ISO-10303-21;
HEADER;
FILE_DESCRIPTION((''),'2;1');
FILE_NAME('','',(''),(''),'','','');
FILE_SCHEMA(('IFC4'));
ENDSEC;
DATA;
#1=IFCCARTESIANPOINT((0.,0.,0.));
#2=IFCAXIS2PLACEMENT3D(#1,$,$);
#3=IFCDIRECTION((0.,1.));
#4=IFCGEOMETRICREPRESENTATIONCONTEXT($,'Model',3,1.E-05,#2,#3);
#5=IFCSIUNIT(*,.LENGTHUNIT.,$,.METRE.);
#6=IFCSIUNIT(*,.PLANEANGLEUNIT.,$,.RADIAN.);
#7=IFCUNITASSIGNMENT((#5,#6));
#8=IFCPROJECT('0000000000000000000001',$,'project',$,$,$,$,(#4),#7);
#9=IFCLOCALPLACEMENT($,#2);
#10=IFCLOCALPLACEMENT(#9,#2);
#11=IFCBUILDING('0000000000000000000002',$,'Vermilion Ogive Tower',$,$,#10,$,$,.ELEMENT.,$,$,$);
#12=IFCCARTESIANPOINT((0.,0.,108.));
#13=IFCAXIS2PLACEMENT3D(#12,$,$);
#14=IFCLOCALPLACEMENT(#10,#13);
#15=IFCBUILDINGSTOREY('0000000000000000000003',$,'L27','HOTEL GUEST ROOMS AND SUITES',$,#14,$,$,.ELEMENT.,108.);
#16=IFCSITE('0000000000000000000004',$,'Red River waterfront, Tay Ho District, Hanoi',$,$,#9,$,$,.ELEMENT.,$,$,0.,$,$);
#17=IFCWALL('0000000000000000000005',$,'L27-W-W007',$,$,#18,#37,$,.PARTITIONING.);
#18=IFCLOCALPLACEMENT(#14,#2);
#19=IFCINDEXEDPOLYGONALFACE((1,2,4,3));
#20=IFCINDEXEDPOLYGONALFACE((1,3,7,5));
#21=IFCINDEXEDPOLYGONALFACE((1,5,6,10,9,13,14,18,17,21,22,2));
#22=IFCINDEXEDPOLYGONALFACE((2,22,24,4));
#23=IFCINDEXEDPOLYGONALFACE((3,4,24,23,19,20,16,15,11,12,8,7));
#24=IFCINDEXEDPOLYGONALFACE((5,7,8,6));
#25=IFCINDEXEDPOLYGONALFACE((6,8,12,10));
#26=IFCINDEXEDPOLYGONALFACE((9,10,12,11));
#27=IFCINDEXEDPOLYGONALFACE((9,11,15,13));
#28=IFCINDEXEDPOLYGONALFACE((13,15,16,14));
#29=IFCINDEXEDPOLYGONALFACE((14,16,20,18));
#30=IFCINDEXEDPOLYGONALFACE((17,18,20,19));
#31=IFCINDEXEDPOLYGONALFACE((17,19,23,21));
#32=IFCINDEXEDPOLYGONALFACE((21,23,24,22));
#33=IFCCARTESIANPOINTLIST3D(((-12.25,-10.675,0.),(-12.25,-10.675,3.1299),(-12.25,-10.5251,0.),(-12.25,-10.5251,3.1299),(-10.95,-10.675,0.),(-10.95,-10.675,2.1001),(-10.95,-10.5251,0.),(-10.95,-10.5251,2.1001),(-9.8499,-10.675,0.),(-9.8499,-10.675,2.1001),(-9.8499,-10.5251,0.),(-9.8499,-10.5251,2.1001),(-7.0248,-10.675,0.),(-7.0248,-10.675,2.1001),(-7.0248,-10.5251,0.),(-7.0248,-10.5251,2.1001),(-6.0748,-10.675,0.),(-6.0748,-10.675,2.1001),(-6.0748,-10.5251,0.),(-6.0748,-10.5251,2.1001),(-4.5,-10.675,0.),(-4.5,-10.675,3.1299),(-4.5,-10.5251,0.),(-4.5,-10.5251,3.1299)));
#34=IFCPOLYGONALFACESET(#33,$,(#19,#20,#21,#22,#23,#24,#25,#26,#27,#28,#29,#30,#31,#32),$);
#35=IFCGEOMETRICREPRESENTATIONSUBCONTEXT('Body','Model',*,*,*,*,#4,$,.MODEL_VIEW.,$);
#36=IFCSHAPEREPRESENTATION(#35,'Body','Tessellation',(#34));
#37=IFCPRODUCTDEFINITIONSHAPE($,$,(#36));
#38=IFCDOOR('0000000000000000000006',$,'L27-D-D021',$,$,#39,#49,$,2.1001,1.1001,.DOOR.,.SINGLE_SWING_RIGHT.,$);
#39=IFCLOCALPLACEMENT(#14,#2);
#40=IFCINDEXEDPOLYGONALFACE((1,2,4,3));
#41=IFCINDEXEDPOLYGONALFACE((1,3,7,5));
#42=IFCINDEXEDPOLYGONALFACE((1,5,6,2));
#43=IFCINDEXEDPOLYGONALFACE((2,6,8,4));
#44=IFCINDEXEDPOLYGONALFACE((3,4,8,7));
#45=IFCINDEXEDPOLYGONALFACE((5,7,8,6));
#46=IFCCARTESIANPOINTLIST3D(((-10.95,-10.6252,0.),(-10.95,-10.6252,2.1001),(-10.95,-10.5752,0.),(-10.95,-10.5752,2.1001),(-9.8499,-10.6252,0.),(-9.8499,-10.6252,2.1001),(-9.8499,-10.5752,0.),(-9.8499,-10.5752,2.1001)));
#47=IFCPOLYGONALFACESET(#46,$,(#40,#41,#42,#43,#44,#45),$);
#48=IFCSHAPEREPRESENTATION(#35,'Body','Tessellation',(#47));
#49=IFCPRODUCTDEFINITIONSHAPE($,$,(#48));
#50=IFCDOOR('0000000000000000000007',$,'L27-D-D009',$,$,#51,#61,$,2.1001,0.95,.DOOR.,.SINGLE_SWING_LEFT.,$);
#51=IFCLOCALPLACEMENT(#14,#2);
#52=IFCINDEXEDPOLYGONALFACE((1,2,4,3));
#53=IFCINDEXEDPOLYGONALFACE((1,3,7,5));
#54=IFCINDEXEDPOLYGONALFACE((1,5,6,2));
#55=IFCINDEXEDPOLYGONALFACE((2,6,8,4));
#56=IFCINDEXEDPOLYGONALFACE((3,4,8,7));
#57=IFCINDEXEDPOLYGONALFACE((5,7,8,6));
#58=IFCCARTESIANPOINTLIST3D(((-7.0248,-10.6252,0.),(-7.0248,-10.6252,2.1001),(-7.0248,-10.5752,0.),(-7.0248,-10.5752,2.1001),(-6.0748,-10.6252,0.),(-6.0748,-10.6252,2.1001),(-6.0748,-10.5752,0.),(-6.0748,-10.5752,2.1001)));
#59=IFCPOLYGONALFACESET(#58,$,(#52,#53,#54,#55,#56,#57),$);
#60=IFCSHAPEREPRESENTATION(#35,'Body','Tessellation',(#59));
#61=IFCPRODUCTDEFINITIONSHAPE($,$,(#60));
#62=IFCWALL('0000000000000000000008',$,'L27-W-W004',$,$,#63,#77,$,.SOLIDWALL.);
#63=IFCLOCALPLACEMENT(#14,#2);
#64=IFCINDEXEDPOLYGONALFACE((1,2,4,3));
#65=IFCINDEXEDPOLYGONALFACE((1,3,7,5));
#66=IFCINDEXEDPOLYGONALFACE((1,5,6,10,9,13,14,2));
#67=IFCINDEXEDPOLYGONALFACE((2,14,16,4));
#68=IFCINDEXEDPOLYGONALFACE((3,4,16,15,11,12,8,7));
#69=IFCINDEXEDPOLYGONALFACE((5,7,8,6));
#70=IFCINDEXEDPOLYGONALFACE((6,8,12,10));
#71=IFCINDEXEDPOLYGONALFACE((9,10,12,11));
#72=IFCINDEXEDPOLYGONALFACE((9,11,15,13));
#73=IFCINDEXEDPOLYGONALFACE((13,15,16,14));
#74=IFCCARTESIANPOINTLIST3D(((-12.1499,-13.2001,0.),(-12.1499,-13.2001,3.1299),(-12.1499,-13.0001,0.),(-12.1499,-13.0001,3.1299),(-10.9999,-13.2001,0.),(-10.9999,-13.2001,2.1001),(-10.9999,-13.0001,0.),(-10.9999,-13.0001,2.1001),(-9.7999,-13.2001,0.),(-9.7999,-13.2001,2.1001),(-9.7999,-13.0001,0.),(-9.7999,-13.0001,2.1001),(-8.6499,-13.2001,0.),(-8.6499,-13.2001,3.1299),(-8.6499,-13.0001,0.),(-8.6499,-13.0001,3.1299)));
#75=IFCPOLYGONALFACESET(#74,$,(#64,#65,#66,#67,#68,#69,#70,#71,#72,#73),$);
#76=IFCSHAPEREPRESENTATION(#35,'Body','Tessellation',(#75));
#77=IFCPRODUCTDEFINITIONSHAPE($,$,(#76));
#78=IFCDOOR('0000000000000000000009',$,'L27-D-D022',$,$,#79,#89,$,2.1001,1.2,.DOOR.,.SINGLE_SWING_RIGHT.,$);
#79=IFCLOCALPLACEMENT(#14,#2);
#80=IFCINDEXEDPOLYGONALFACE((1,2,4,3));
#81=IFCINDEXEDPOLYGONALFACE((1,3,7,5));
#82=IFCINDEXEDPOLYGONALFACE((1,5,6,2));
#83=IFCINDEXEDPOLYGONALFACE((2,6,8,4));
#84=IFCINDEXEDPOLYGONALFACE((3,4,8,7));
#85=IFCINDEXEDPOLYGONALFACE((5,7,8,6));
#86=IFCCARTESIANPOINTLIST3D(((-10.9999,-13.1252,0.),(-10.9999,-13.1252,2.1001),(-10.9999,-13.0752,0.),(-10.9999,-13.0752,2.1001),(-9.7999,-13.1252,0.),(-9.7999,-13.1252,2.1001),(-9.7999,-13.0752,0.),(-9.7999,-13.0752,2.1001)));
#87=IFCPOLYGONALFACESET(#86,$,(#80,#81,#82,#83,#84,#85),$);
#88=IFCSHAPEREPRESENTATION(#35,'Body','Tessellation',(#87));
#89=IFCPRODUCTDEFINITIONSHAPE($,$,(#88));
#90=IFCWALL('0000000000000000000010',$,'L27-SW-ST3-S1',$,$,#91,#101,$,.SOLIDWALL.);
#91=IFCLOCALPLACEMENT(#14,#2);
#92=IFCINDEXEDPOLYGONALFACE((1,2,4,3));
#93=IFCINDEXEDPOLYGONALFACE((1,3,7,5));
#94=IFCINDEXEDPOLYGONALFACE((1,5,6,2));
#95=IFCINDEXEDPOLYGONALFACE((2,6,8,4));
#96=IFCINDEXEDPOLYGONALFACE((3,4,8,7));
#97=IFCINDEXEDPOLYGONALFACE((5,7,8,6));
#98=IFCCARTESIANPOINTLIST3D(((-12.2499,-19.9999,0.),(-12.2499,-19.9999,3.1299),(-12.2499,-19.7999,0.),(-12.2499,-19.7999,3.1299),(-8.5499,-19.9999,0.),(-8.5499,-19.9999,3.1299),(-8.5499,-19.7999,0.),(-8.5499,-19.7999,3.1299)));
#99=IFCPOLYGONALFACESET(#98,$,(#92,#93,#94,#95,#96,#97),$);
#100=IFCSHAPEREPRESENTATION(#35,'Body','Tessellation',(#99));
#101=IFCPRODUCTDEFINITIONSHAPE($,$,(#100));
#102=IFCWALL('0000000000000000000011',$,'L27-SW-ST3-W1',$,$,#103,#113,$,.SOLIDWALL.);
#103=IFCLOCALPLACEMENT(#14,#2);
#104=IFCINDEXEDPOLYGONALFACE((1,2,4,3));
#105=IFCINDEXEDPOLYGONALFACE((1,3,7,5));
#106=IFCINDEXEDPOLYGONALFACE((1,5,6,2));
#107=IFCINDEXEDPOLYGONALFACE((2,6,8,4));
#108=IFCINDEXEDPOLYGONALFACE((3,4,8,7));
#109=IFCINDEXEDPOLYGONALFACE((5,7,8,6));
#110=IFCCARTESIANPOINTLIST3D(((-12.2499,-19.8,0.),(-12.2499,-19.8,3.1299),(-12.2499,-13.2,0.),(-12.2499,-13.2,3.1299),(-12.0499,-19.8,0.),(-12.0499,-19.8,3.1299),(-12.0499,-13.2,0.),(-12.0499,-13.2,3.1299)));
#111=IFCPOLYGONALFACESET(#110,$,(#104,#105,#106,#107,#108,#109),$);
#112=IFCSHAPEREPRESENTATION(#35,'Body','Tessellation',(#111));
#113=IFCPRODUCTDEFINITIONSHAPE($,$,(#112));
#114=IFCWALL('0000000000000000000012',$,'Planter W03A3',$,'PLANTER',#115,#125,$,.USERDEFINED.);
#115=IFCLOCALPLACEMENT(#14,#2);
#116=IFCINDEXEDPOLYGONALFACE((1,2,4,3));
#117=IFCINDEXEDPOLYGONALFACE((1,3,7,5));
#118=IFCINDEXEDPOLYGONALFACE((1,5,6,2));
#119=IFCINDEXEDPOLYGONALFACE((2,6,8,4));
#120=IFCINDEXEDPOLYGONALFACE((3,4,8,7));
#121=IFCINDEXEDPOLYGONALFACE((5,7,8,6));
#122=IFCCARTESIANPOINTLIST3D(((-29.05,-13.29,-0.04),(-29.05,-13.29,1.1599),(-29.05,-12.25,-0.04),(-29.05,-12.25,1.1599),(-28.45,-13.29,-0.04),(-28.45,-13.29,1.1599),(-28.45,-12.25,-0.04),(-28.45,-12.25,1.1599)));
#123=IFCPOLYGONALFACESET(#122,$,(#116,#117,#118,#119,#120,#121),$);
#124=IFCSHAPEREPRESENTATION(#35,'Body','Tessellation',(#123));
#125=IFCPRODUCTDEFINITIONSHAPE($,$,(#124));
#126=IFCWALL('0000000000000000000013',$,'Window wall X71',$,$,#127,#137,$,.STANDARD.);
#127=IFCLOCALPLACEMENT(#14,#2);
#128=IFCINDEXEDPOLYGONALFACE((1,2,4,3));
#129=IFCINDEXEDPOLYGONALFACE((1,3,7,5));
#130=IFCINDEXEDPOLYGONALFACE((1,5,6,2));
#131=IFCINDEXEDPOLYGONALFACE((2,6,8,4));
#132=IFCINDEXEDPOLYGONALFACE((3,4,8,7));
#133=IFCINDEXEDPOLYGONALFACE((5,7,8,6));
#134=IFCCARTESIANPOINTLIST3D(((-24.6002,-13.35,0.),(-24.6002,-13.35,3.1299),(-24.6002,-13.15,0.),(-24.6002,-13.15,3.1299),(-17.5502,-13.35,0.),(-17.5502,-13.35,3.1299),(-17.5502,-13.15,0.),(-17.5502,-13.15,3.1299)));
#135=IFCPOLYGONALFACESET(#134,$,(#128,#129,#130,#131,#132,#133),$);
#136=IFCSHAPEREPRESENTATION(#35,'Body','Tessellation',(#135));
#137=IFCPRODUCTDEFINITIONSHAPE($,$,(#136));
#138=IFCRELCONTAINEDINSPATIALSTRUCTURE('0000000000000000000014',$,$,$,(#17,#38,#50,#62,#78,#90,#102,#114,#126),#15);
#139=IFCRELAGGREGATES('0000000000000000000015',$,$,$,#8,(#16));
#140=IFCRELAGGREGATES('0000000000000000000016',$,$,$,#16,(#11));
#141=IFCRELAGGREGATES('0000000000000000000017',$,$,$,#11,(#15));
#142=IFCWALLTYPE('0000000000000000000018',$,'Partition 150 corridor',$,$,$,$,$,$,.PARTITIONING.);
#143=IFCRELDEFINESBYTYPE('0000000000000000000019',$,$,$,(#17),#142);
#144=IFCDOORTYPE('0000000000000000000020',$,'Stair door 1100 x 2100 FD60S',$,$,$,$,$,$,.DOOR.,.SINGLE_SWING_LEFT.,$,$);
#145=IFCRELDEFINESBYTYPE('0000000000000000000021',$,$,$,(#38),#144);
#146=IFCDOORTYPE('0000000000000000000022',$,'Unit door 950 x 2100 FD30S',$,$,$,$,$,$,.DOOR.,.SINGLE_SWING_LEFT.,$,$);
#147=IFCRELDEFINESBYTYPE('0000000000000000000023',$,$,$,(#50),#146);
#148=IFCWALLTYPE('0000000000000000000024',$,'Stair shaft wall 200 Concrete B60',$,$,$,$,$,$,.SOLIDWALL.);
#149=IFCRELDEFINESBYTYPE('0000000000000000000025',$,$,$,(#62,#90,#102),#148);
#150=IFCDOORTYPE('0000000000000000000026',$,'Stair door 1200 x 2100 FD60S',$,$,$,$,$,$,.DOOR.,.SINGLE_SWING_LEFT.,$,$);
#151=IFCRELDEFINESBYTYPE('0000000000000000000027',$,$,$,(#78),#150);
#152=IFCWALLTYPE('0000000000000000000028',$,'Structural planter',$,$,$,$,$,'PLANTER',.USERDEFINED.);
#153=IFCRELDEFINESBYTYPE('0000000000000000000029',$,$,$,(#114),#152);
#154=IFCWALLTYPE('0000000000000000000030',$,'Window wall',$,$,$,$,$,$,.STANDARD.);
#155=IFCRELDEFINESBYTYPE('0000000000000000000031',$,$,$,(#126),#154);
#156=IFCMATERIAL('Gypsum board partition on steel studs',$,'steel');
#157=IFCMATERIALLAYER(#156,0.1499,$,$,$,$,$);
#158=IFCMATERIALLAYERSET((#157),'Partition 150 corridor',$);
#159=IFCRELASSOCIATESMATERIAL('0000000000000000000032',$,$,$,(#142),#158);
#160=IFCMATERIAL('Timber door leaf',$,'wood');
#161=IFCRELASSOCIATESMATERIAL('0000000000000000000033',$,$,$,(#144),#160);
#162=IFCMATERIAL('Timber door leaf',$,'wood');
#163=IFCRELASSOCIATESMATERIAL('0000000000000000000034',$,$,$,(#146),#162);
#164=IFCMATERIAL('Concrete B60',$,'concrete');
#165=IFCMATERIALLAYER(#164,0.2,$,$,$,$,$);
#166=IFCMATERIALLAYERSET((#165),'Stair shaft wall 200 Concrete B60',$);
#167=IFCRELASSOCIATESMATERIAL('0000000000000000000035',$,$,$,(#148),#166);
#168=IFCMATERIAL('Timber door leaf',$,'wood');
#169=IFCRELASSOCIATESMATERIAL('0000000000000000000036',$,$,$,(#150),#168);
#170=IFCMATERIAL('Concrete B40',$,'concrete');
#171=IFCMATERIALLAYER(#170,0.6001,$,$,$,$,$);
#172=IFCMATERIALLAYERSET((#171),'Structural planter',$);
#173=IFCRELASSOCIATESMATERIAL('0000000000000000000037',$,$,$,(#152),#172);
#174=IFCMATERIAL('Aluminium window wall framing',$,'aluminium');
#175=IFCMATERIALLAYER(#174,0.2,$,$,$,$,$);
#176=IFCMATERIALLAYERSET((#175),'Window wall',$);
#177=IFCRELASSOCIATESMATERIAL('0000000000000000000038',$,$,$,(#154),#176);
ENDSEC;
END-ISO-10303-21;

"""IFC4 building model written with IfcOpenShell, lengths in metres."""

from ifc_helpers import new_model, si_unit, direction, frame, frame_2d, origin, place, context, subcontext, project, spatial, rectangle, extrude, material, layer, layer_set, type_object, element, fill, save


model = new_model("IFC4")

# Units and contexts
model_context = context("Model", 3, precision=1e-05, world=origin(), true_north=direction((0.0, 1.0)))
body_context = subcontext(model_context, "Body", "Model", "MODEL_VIEW")
ifc_project = project(units=[si_unit("LENGTHUNIT", "METRE"), si_unit("PLANEANGLEUNIT", "RADIAN")], contexts=[model_context])

# Site, building, storey
site_placement = place(None, origin())
site = spatial("IfcSite", under=ifc_project, at=site_placement, Name="Red River waterfront, Tay Ho District, Hanoi", CompositionType="ELEMENT", RefElevation=0.0)
building_placement = place(site_placement, origin())
building = spatial("IfcBuilding", under=site, at=building_placement, Name="Vermilion Ogive Tower", CompositionType="ELEMENT")
storey_placement = place(building_placement, frame((0.0, 0.0, 108.0)))
storey = spatial("IfcBuildingStorey", under=building, at=storey_placement, Name="L27", Description="HOTEL GUEST ROOMS AND SUITES", CompositionType="ELEMENT", Elevation=108.0)

# Wall, openings, doors
ifc_material_1 = material(Name="Gypsum board partition on steel studs", Category="steel")
ifc_layer_1 = layer(ifc_material_1, 0.1499)
ifc_layer_set_1 = layer_set([ifc_layer_1], Name="Partition 150 corridor")
wall_type_1 = type_object("IfcWallType", Name="Partition 150 corridor", PredefinedType="PARTITIONING", material=ifc_layer_set_1)
wall_1_placement = place(storey_placement, frame((-12.25, -10.6001, 0.0), z_axis=(0.0, 0.0, 1.0), x_axis=(1.0, 0.0, 0.0)))
wall_1 = element("IfcWall", 1, at=wall_1_placement, inside=storey, type_object=wall_type_1, Name="L27-W-W007", PredefinedType="PARTITIONING", context=body_context, shape_type="SweptSolid", body=[
    extrude(rectangle(XDim=7.75, YDim=0.1499, at=frame_2d((3.875, 0.0))), origin(), (0.0, 0.0, 1.0), 3.1299),
])
opening_1_placement = place(wall_1_placement, frame((5.2251, 0.0, 0.0)))
opening_1 = element("IfcOpeningElement", 2, at=opening_1_placement, cuts=wall_1, PredefinedType="OPENING", context=body_context, shape_type="SweptSolid", body=[
    extrude(rectangle(XDim=0.95, YDim=2.1001, at=frame_2d((0.4751, 1.05))), frame((0.0, 0.085, 0.0), z_axis=(0.0, -1.0, 0.0), x_axis=(1.0, 0.0, 0.0)), (0.0, 0.0, 1.0), 0.1699),
])
opening_2_placement = place(wall_1_placement, frame((1.3, 0.0, 0.0)))
opening_2 = element("IfcOpeningElement", 3, at=opening_2_placement, cuts=wall_1, PredefinedType="OPENING", context=body_context, shape_type="SweptSolid", body=[
    extrude(rectangle(XDim=1.1001, YDim=2.1001, at=frame_2d((0.55, 1.05))), frame((0.0, 0.085, 0.0), z_axis=(0.0, -1.0, 0.0), x_axis=(1.0, 0.0, 0.0)), (0.0, 0.0, 1.0), 0.1699),
])
ifc_material_2 = material(Name="Timber door leaf", Category="wood")
door_type_1 = type_object("IfcDoorType", Name="Stair door 1100 x 2100 FD60S", OperationType="SINGLE_SWING_LEFT", PredefinedType="DOOR", material=ifc_material_2)
door_1_placement = place(opening_2_placement, origin())
door_1 = element("IfcDoor", 4, at=door_1_placement, inside=storey, type_object=door_type_1, Name="L27-D-D021", OperationType="SINGLE_SWING_RIGHT", OverallHeight=2.1001, OverallWidth=1.1001, PredefinedType="DOOR", context=body_context, shape_type="SweptSolid", body=[
    extrude(rectangle(XDim=1.1001, YDim=2.1001, at=frame_2d((0.55, 1.05))), frame((0.0, 0.0249, 0.0), z_axis=(0.0, -1.0, 0.0), x_axis=(1.0, 0.0, 0.0)), (0.0, 0.0, 1.0), 0.05),
])
fill(opening_2, door_1)
ifc_material_3 = material(Name="Timber door leaf", Category="wood")
door_type_2 = type_object("IfcDoorType", Name="Unit door 950 x 2100 FD30S", OperationType="SINGLE_SWING_LEFT", PredefinedType="DOOR", material=ifc_material_3)
door_2_placement = place(opening_1_placement, origin())
door_2 = element("IfcDoor", 5, at=door_2_placement, inside=storey, type_object=door_type_2, Name="L27-D-D009", OperationType="SINGLE_SWING_LEFT", OverallHeight=2.1001, OverallWidth=0.95, PredefinedType="DOOR", context=body_context, shape_type="SweptSolid", body=[
    extrude(rectangle(XDim=0.95, YDim=2.1001, at=frame_2d((0.4751, 1.05))), frame((0.0, 0.0249, 0.0), z_axis=(0.0, -1.0, 0.0), x_axis=(1.0, 0.0, 0.0)), (0.0, 0.0, 1.0), 0.05),
])
fill(opening_1, door_2)

# Wall, opening, door
ifc_material_4 = material(Name="Concrete B60", Category="concrete")
ifc_layer_2 = layer(ifc_material_4, 0.2)
ifc_layer_set_2 = layer_set([ifc_layer_2], Name="Stair shaft wall 200 Concrete B60")
wall_type_2 = type_object("IfcWallType", Name="Stair shaft wall 200 Concrete B60", PredefinedType="SOLIDWALL", material=ifc_layer_set_2)
wall_2_placement = place(storey_placement, frame((-12.1499, -13.1001, 0.0), z_axis=(0.0, 0.0, 1.0), x_axis=(1.0, 0.0, 0.0)))
wall_2 = element("IfcWall", 6, at=wall_2_placement, inside=storey, type_object=wall_type_2, Name="L27-W-W004", PredefinedType="SOLIDWALL", context=body_context, shape_type="SweptSolid", body=[
    extrude(rectangle(XDim=3.5, YDim=0.2, at=frame_2d((1.75, 0.0))), origin(), (0.0, 0.0, 1.0), 3.1299),
])
opening_3_placement = place(wall_2_placement, frame((1.1499, 0.0, 0.0)))
opening_3 = element("IfcOpeningElement", 7, at=opening_3_placement, cuts=wall_2, PredefinedType="OPENING", context=body_context, shape_type="SweptSolid", body=[
    extrude(rectangle(XDim=1.2, YDim=2.1001, at=frame_2d((0.6001, 1.05))), frame((0.0, 0.1099, 0.0), z_axis=(0.0, -1.0, 0.0), x_axis=(1.0, 0.0, 0.0)), (0.0, 0.0, 1.0), 0.22),
])
ifc_material_5 = material(Name="Timber door leaf", Category="wood")
door_type_3 = type_object("IfcDoorType", Name="Stair door 1200 x 2100 FD60S", OperationType="SINGLE_SWING_LEFT", PredefinedType="DOOR", material=ifc_material_5)
door_3_placement = place(opening_3_placement, origin())
door_3 = element("IfcDoor", 8, at=door_3_placement, inside=storey, type_object=door_type_3, Name="L27-D-D022", OperationType="SINGLE_SWING_RIGHT", OverallHeight=2.1001, OverallWidth=1.2, PredefinedType="DOOR", context=body_context, shape_type="SweptSolid", body=[
    extrude(rectangle(XDim=1.2, YDim=2.1001, at=frame_2d((0.6001, 1.05))), frame((0.0, 0.0249, 0.0), z_axis=(0.0, -1.0, 0.0), x_axis=(1.0, 0.0, 0.0)), (0.0, 0.0, 1.0), 0.05),
])
fill(opening_3, door_3)

# Walls
wall_3_placement = place(storey_placement, frame((-12.25, -19.8999, 0.0), z_axis=(0.0, 0.0, 1.0), x_axis=(1.0, 0.0, 0.0)))
element("IfcWall", 9, at=wall_3_placement, inside=storey, type_object=wall_type_2, Name="L27-SW-ST3-S1", PredefinedType="SOLIDWALL", context=body_context, shape_type="SweptSolid", body=[
    extrude(rectangle(XDim=3.7, YDim=0.2, at=frame_2d((1.8501, 0.0))), origin(), (0.0, 0.0, 1.0), 3.1299),
])
wall_4_placement = place(storey_placement, frame((-12.1499, -19.8, 0.0), z_axis=(0.0, 0.0, 1.0), x_axis=(0.0, 1.0, 0.0)))
element("IfcWall", 10, at=wall_4_placement, inside=storey, type_object=wall_type_2, Name="L27-SW-ST3-W1", PredefinedType="SOLIDWALL", context=body_context, shape_type="SweptSolid", body=[
    extrude(rectangle(XDim=6.6001, YDim=0.2, at=frame_2d((3.3, 0.0))), origin(), (0.0, 0.0, 1.0), 3.1299),
])
ifc_material_6 = material(Name="Concrete B40", Category="concrete")
ifc_layer_3 = layer(ifc_material_6, 0.6001)
ifc_layer_set_3 = layer_set([ifc_layer_3], Name="Structural planter")
wall_type_3 = type_object("IfcWallType", Name="Structural planter", ElementType="PLANTER", PredefinedType="USERDEFINED", material=ifc_layer_set_3)
wall_5_placement = place(storey_placement, frame((-28.75, -12.25, -0.04), z_axis=(0.0, 0.0, 1.0), x_axis=(0.0, -1.0, 0.0)))
element("IfcWall", 11, at=wall_5_placement, inside=storey, type_object=wall_type_3, Name="Planter W03A3", ObjectType="PLANTER", PredefinedType="USERDEFINED", context=body_context, shape_type="SweptSolid", body=[
    extrude(rectangle(XDim=1.04, YDim=0.6001, at=frame_2d((0.52, 0.0))), origin(), (0.0, 0.0, 1.0), 1.2),
])
ifc_material_7 = material(Name="Aluminium window wall framing", Category="aluminium")
ifc_layer_4 = layer(ifc_material_7, 0.2)
ifc_layer_set_4 = layer_set([ifc_layer_4], Name="Window wall")
wall_type_4 = type_object("IfcWallType", Name="Window wall", PredefinedType="STANDARD", material=ifc_layer_set_4)
wall_6_placement = place(storey_placement, frame((-24.6001, -13.25, 0.0), z_axis=(0.0, 0.0, 1.0), x_axis=(1.0, 0.0, 0.0)))
element("IfcWall", 12, at=wall_6_placement, inside=storey, type_object=wall_type_4, Name="Window wall X71", PredefinedType="STANDARD", context=body_context, shape_type="SweptSolid", body=[
    extrude(rectangle(XDim=7.05, YDim=0.2, at=frame_2d((3.5249, 0.0))), origin(), (0.0, 0.0, 1.0), 3.1299),
])

save(model, "model.ifc")
